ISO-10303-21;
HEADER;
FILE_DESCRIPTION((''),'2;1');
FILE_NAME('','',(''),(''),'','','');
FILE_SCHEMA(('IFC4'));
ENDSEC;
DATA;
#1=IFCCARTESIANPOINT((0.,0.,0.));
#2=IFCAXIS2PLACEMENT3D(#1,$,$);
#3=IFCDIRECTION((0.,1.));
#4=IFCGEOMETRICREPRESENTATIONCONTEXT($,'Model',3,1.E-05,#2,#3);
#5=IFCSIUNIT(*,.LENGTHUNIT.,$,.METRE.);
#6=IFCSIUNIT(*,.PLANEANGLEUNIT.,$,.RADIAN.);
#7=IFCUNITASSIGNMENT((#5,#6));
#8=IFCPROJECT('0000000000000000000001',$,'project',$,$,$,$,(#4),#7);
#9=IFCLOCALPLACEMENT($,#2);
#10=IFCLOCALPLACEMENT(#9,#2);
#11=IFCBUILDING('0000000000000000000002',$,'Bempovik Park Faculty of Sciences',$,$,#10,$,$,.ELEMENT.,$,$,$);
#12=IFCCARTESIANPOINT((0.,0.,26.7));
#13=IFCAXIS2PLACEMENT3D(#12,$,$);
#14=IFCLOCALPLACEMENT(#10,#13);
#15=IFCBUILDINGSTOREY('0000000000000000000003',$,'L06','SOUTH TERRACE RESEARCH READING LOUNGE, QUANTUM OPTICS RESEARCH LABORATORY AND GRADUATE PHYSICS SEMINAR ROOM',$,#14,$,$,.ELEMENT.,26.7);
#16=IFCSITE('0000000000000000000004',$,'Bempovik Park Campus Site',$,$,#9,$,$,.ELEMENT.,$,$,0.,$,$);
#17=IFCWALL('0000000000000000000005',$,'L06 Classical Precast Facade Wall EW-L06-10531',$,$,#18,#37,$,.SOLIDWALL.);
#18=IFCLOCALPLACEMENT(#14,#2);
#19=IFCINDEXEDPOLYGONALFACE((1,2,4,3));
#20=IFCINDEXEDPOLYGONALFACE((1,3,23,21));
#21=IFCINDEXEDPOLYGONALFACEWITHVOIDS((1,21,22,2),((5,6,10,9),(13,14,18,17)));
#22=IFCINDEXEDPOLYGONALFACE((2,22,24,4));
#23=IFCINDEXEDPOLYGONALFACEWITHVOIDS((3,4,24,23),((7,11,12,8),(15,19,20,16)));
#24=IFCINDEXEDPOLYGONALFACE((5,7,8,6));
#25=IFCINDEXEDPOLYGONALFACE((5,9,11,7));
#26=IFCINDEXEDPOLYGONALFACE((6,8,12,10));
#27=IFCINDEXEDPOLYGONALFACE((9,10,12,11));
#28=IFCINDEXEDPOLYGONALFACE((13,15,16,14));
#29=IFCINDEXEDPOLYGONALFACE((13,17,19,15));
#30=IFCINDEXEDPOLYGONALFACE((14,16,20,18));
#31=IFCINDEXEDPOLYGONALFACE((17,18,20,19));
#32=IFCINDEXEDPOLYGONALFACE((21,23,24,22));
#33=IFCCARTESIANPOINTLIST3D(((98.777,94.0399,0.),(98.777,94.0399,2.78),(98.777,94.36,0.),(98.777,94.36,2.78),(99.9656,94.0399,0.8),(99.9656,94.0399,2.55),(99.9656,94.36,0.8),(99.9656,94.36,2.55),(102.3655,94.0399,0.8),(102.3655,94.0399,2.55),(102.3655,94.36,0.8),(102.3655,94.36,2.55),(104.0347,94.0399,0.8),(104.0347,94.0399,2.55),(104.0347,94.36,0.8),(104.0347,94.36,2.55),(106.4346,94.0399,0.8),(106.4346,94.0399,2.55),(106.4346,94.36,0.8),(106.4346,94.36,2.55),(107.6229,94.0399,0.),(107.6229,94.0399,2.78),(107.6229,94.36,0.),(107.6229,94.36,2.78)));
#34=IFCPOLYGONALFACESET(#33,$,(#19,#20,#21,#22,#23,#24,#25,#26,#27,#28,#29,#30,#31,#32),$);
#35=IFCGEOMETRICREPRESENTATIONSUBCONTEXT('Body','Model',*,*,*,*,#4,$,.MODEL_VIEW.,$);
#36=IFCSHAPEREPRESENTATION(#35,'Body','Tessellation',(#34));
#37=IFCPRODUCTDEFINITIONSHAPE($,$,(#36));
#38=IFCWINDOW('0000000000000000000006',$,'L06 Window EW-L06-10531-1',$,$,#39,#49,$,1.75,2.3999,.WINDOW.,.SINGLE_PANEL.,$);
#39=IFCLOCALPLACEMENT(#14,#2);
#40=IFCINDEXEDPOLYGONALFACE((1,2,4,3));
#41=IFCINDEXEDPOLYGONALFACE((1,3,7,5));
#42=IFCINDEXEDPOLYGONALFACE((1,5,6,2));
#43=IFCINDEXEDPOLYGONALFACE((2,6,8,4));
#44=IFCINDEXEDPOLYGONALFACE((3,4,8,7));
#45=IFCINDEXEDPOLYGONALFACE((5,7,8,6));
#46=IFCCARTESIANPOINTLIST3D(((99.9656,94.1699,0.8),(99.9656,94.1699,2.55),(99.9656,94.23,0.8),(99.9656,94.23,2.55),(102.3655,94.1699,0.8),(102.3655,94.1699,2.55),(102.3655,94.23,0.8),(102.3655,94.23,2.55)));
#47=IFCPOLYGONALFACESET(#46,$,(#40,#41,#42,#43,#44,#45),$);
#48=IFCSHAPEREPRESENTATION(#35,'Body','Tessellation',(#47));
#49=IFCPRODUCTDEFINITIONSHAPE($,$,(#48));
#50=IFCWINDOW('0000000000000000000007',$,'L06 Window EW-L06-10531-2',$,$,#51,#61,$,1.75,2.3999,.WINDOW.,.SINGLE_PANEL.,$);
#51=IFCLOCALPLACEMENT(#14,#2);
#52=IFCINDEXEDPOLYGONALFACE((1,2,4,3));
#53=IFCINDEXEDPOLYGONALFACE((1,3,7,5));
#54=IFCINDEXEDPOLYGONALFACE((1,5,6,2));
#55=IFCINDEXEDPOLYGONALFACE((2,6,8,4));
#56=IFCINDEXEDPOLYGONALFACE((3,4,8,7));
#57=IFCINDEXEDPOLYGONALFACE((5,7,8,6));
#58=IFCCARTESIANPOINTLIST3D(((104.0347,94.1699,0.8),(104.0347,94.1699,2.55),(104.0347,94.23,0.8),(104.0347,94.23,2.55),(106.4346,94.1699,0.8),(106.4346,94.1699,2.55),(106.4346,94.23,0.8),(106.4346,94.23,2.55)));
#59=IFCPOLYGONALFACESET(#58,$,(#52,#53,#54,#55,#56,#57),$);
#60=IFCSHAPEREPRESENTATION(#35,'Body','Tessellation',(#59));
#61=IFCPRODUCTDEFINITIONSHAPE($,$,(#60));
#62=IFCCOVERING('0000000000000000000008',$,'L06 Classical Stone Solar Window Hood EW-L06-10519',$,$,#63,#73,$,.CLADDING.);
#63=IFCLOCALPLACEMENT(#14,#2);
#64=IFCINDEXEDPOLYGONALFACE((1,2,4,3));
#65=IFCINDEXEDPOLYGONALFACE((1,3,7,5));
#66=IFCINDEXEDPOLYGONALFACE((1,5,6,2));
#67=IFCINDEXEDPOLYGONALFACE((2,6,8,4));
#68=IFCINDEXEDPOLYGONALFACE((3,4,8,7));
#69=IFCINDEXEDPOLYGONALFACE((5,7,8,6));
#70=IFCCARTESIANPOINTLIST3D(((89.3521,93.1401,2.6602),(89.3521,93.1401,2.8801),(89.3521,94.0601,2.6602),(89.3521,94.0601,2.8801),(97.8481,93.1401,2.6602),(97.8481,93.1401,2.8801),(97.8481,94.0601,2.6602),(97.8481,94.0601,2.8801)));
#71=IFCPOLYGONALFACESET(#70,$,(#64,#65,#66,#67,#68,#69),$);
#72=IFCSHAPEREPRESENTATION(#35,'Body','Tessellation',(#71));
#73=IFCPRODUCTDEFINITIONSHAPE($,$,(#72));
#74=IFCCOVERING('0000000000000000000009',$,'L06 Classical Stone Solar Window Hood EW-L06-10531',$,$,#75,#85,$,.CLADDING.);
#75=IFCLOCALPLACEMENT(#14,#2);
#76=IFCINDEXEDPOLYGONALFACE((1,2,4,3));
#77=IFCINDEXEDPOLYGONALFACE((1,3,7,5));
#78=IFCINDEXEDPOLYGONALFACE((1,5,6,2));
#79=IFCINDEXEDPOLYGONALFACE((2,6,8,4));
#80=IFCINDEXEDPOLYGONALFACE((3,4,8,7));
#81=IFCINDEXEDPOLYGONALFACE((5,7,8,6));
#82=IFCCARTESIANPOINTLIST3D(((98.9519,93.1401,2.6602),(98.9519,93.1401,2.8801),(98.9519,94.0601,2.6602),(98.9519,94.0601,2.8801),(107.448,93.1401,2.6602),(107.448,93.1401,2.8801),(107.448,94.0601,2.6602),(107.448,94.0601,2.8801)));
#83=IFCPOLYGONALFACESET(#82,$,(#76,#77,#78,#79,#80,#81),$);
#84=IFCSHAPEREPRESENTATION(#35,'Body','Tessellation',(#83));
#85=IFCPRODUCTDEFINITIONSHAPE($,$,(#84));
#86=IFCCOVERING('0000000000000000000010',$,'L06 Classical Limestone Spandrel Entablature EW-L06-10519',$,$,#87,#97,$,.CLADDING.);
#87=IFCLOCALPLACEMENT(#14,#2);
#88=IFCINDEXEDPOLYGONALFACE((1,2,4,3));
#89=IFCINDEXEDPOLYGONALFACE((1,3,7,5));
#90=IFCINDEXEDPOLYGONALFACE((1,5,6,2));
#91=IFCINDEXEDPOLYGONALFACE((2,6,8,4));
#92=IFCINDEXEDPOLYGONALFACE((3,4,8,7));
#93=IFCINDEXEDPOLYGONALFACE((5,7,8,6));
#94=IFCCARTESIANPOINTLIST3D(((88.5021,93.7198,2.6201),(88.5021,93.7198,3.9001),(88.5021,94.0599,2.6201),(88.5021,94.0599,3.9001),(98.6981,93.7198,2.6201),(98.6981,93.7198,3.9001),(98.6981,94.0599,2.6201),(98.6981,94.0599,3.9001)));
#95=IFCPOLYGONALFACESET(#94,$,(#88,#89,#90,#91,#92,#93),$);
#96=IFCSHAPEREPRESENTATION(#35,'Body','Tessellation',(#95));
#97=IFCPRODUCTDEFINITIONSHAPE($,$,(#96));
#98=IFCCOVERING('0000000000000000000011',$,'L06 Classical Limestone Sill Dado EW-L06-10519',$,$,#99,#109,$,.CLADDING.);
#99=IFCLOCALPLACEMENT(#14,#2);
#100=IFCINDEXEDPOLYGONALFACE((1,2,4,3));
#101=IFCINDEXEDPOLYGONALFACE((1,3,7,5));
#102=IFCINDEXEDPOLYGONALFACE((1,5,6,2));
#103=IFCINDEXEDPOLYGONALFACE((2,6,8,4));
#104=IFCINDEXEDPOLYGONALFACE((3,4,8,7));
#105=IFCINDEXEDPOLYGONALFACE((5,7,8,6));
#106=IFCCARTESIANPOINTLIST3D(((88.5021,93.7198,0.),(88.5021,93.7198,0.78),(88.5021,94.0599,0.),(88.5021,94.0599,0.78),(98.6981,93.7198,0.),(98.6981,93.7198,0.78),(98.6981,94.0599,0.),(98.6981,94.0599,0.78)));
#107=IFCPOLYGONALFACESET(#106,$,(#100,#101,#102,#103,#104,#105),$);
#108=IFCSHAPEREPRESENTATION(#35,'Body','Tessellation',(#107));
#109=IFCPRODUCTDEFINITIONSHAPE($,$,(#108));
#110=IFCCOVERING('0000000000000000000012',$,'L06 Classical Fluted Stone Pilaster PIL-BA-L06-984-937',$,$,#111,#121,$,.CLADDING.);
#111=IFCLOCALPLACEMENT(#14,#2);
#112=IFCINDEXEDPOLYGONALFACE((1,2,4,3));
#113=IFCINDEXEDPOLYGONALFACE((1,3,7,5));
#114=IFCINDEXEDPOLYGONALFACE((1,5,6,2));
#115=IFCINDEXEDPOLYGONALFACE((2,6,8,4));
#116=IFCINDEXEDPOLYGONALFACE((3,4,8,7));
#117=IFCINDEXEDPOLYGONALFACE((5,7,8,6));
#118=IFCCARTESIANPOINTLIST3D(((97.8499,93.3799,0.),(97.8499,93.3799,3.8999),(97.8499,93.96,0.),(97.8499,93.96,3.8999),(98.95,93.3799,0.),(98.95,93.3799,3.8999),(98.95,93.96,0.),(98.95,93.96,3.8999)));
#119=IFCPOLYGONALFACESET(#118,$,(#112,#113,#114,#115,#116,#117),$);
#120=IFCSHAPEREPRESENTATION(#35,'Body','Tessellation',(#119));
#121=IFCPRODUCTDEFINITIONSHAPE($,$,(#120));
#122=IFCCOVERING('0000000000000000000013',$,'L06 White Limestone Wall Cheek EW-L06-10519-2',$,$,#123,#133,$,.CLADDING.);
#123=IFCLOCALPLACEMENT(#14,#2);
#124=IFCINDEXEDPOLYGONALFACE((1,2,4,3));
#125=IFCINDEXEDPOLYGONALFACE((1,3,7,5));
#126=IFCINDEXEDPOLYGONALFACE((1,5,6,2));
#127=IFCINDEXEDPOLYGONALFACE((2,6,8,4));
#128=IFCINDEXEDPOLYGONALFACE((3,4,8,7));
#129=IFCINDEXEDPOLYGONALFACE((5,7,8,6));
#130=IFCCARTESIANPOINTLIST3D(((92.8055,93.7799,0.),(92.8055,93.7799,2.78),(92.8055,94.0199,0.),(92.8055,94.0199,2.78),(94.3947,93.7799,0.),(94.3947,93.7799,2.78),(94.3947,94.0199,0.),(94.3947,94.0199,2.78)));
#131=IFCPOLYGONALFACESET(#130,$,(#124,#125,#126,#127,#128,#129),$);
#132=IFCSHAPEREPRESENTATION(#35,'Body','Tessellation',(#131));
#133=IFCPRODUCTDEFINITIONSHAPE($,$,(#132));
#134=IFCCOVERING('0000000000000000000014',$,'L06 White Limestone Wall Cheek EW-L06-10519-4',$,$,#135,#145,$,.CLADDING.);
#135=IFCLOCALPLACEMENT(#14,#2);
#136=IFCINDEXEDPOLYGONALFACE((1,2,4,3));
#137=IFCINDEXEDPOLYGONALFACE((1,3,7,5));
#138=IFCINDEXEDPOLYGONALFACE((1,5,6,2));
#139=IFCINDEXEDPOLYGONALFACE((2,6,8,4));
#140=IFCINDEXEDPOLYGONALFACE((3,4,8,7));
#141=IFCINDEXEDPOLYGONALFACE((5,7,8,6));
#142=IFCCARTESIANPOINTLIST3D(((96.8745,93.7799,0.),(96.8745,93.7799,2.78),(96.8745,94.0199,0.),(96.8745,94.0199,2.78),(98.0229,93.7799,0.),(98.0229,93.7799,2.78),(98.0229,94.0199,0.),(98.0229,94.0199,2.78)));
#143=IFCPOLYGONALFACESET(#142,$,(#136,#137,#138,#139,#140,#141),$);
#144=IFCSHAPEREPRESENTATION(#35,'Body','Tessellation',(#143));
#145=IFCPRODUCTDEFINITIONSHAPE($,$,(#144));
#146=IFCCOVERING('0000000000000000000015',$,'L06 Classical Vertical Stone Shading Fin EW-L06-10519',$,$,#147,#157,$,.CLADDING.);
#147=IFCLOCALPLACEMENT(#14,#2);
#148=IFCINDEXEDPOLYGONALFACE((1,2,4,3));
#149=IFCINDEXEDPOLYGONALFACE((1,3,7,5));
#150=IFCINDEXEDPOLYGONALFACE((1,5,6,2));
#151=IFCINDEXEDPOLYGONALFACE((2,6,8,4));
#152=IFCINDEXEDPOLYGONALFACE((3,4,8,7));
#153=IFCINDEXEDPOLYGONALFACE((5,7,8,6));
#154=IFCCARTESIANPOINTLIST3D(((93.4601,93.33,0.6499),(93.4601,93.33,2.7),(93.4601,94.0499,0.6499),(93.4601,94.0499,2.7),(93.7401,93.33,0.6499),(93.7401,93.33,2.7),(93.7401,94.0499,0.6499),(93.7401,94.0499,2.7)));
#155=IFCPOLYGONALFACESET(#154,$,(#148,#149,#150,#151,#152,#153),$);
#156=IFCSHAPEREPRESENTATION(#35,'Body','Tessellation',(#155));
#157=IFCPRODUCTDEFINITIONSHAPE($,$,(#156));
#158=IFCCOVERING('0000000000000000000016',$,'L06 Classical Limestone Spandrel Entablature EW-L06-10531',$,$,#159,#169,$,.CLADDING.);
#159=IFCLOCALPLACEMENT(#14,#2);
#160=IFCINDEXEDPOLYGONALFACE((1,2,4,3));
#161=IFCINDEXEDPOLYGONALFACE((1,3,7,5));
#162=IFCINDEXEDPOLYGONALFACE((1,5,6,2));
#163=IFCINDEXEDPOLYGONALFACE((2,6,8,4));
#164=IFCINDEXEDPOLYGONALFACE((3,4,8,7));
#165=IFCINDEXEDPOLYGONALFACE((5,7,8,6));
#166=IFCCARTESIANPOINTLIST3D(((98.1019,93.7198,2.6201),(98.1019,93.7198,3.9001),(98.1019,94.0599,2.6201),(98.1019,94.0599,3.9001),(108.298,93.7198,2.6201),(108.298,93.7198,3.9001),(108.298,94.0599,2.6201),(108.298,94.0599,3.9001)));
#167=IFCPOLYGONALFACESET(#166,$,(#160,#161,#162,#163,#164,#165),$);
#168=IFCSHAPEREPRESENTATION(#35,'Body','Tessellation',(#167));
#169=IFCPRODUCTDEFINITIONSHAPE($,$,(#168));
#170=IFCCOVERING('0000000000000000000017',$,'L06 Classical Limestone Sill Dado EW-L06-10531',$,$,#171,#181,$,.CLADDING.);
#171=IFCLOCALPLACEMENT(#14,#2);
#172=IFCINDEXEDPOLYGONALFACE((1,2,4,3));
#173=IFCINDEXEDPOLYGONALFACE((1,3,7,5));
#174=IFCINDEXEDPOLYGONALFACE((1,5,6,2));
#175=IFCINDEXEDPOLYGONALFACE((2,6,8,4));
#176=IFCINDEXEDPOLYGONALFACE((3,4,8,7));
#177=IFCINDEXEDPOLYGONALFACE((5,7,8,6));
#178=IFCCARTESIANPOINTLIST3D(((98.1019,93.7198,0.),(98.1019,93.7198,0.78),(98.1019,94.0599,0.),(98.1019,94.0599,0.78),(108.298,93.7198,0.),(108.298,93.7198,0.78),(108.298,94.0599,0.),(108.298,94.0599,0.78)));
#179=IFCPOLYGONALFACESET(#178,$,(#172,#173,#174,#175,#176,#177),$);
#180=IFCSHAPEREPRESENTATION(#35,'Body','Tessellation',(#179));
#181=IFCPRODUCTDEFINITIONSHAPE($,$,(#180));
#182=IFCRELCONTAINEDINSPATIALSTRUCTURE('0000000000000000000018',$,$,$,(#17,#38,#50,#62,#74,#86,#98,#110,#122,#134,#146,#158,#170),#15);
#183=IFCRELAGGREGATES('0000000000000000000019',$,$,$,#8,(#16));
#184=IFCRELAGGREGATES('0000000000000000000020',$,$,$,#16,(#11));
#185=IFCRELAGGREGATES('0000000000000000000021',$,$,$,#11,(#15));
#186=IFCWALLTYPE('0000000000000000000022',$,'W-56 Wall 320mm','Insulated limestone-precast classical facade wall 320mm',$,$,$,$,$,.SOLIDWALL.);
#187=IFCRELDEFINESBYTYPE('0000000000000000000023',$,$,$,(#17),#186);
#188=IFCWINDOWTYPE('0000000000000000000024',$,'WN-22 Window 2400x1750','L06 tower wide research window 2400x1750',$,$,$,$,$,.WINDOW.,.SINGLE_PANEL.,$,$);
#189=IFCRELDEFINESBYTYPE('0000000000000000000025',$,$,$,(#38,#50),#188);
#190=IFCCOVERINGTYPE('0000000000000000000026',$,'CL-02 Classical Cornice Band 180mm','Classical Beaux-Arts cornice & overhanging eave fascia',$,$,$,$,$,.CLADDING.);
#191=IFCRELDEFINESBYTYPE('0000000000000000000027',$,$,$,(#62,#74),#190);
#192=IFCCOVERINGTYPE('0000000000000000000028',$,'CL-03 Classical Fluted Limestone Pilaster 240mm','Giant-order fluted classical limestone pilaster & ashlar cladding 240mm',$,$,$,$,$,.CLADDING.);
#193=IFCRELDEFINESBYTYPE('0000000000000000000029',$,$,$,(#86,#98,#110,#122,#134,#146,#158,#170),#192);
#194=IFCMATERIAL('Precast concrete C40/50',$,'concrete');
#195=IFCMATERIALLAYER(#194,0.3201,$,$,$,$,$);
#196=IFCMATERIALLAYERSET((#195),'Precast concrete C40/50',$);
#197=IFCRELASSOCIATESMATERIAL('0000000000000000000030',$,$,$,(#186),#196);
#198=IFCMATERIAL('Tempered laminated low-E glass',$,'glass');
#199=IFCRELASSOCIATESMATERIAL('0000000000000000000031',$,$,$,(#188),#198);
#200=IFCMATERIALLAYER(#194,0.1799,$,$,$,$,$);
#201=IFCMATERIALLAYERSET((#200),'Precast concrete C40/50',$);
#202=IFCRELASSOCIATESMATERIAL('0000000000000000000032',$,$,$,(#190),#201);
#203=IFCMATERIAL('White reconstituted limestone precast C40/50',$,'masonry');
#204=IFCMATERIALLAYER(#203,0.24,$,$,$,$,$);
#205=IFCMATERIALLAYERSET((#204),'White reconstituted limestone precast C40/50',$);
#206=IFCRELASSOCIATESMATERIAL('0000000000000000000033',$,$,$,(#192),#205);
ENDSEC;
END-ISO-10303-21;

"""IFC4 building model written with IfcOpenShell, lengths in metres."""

from ifc_helpers import new_model, si_unit, direction, frame, frame_2d, origin, origin_2d, place, context, subcontext, project, spatial, rectangle, extrude, material, layer, layer_set, type_object, element, fill, save


model = new_model("IFC4")

# Units and contexts
model_context = context("Model", 3, precision=1e-05, world=origin(), true_north=direction((0.0, 1.0)))
body_context = subcontext(model_context, "Body", "Model", "MODEL_VIEW")
ifc_project = project(units=[si_unit("LENGTHUNIT", "METRE"), si_unit("PLANEANGLEUNIT", "RADIAN")], contexts=[model_context])

# Site, building, storey
site_placement = place(None, origin())
site = spatial("IfcSite", under=ifc_project, at=site_placement, Name="Bempovik Park Campus Site", CompositionType="ELEMENT", RefElevation=0.0)
building_placement = place(site_placement, origin())
building = spatial("IfcBuilding", under=site, at=building_placement, Name="Bempovik Park Faculty of Sciences", CompositionType="ELEMENT")
storey_placement = place(building_placement, frame((0.0, 0.0, 26.7)))
storey = spatial("IfcBuildingStorey", under=building, at=storey_placement, Name="L06", Description="SOUTH TERRACE RESEARCH READING LOUNGE, QUANTUM OPTICS RESEARCH LABORATORY AND GRADUATE PHYSICS SEMINAR ROOM", CompositionType="ELEMENT", Elevation=26.7)

# Wall, openings, windows
ifc_material_1 = material(Name="Precast concrete C40/50", Category="concrete")
ifc_layer_1 = layer(ifc_material_1, 0.3201)
ifc_layer_set_1 = layer_set([ifc_layer_1], Name="Precast concrete C40/50")
wall_type_1 = type_object("IfcWallType", Name="W-56 Wall 320mm", Description="Insulated limestone-precast classical facade wall 320mm", PredefinedType="SOLIDWALL", material=ifc_layer_set_1)
wall_1_placement = place(storey_placement, frame((98.7771, 94.2, 0.0), z_axis=(0.0, 0.0, 1.0), x_axis=(1.0, 0.0, 0.0)))
wall_1 = element("IfcWall", 1, at=wall_1_placement, inside=storey, type_object=wall_type_1, Name="L06 Classical Precast Facade Wall EW-L06-10531", PredefinedType="SOLIDWALL", context=body_context, shape_type="SweptSolid", body=[
    extrude(rectangle(XDim=8.8459, YDim=0.3201, at=frame_2d((4.4229, 0.0))), origin(), (0.0, 0.0, 1.0), 2.78),
])
opening_1_placement = place(wall_1_placement, frame((1.1885, 0.0, 0.8)))
opening_1 = element("IfcOpeningElement", 2, at=opening_1_placement, cuts=wall_1, PredefinedType="OPENING", context=body_context, shape_type="SweptSolid", body=[
    extrude(rectangle(XDim=2.3999, YDim=1.75, at=frame_2d((1.2, 0.875))), frame((0.0, 0.1699, 0.0), z_axis=(0.0, -1.0, 0.0), x_axis=(1.0, 0.0, 0.0)), (0.0, 0.0, 1.0), 0.3401),
])
opening_2_placement = place(wall_1_placement, frame((5.2576, 0.0, 0.8)))
opening_2 = element("IfcOpeningElement", 3, at=opening_2_placement, cuts=wall_1, PredefinedType="OPENING", context=body_context, shape_type="SweptSolid", body=[
    extrude(rectangle(XDim=2.3999, YDim=1.75, at=frame_2d((1.2, 0.875))), frame((0.0, 0.1699, 0.0), z_axis=(0.0, -1.0, 0.0), x_axis=(1.0, 0.0, 0.0)), (0.0, 0.0, 1.0), 0.3401),
])
ifc_material_2 = material(Name="Tempered laminated low-E glass", Category="glass")
window_type = type_object("IfcWindowType", Name="WN-22 Window 2400x1750", Description="L06 tower wide research window 2400x1750", PartitioningType="SINGLE_PANEL", PredefinedType="WINDOW", material=ifc_material_2)
window_1_placement = place(opening_1_placement, origin())
window_1 = element("IfcWindow", 4, at=window_1_placement, inside=storey, type_object=window_type, Name="L06 Window EW-L06-10531-1", OverallHeight=1.75, OverallWidth=2.3999, PartitioningType="SINGLE_PANEL", PredefinedType="WINDOW", context=body_context, shape_type="SweptSolid", body=[
    extrude(rectangle(XDim=2.3999, YDim=1.75, at=frame_2d((1.2, 0.875))), frame((0.0, 0.03, 0.0), z_axis=(0.0, -1.0, 0.0), x_axis=(1.0, 0.0, 0.0)), (0.0, 0.0, 1.0), 0.0601),
])
fill(opening_1, window_1)
window_2_placement = place(opening_2_placement, origin())
window_2 = element("IfcWindow", 5, at=window_2_placement, inside=storey, type_object=window_type, Name="L06 Window EW-L06-10531-2", OverallHeight=1.75, OverallWidth=2.3999, PartitioningType="SINGLE_PANEL", PredefinedType="WINDOW", context=body_context, shape_type="SweptSolid", body=[
    extrude(rectangle(XDim=2.3999, YDim=1.75, at=frame_2d((1.2, 0.875))), frame((0.0, 0.03, 0.0), z_axis=(0.0, -1.0, 0.0), x_axis=(1.0, 0.0, 0.0)), (0.0, 0.0, 1.0), 0.0601),
])
fill(opening_2, window_2)

# Coverings
ifc_layer_2 = layer(ifc_material_1, 0.1799)
ifc_layer_set_2 = layer_set([ifc_layer_2], Name="Precast concrete C40/50")
covering_type_1 = type_object("IfcCoveringType", Name="CL-02 Classical Cornice Band 180mm", Description="Classical Beaux-Arts cornice & overhanging eave fascia", PredefinedType="CLADDING", material=ifc_layer_set_2)
for number, where, z_axis, x_axis, name in (
    (6, (93.6001, 93.6001, 2.6602), (0.0, 0.0, 1.0), (1.0, 0.0, 0.0), "L06 Classical Stone Solar Window Hood EW-L06-10519"),
    (7, (103.2, 93.6001, 2.6602), (0.0, 0.0, 1.0), (1.0, 0.0, 0.0), "L06 Classical Stone Solar Window Hood EW-L06-10531"),
):
    element("IfcCovering", number, at=place(storey_placement, frame(where, z_axis=z_axis, x_axis=x_axis)), inside=storey, type_object=covering_type_1, Name=name, PredefinedType="CLADDING", context=body_context, shape_type="SweptSolid", body=[
        extrude(rectangle(XDim=8.4961, YDim=0.9199, at=origin_2d()), origin(), (0.0, 0.0, 1.0), 0.22),
    ])
ifc_material_3 = material(Name="White reconstituted limestone precast C40/50", Category="masonry")
ifc_layer_3 = layer(ifc_material_3, 0.24)
ifc_layer_set_3 = layer_set([ifc_layer_3], Name="White reconstituted limestone precast C40/50")
covering_type_2 = type_object("IfcCoveringType", Name="CL-03 Classical Fluted Limestone Pilaster 240mm", Description="Giant-order fluted classical limestone pilaster & ashlar cladding 240mm", PredefinedType="CLADDING", material=ifc_layer_set_3)
covering_1_placement = place(storey_placement, frame((93.6001, 93.8899, 2.6201), z_axis=(0.0, 0.0, 1.0), x_axis=(1.0, 0.0, 0.0)))
element("IfcCovering", 8, at=covering_1_placement, inside=storey, type_object=covering_type_2, Name="L06 Classical Limestone Spandrel Entablature EW-L06-10519", PredefinedType="CLADDING", context=body_context, shape_type="SweptSolid", body=[
    extrude(rectangle(XDim=10.196, YDim=0.3401, at=origin_2d()), origin(), (0.0, 0.0, 1.0), 1.28),
])
covering_2_placement = place(storey_placement, frame((93.6001, 93.8899, 0.0), z_axis=(0.0, 0.0, 1.0), x_axis=(1.0, 0.0, 0.0)))
element("IfcCovering", 9, at=covering_2_placement, inside=storey, type_object=covering_type_2, Name="L06 Classical Limestone Sill Dado EW-L06-10519", PredefinedType="CLADDING", context=body_context, shape_type="SweptSolid", body=[
    extrude(rectangle(XDim=10.196, YDim=0.3401, at=origin_2d()), origin(), (0.0, 0.0, 1.0), 0.78),
])
covering_3_placement = place(storey_placement, frame((98.3999, 93.6699, 0.0), z_axis=(0.0, 0.0, 1.0), x_axis=(1.0, 0.0, 0.0)))
element("IfcCovering", 10, at=covering_3_placement, inside=storey, type_object=covering_type_2, Name="L06 Classical Fluted Stone Pilaster PIL-BA-L06-984-937", PredefinedType="CLADDING", context=body_context, shape_type="SweptSolid", body=[
    extrude(rectangle(XDim=1.1001, YDim=0.5801, at=origin_2d()), origin(), (0.0, 0.0, 1.0), 3.8999),
])
covering_4_placement = place(storey_placement, frame((93.6001, 93.8999, 0.0), z_axis=(0.0, 0.0, 1.0), x_axis=(1.0, 0.0, 0.0)))
element("IfcCovering", 11, at=covering_4_placement, inside=storey, type_object=covering_type_2, Name="L06 White Limestone Wall Cheek EW-L06-10519-2", PredefinedType="CLADDING", context=body_context, shape_type="SweptSolid", body=[
    extrude(rectangle(XDim=1.5891, YDim=0.24, at=origin_2d()), origin(), (0.0, 0.0, 1.0), 2.78),
])
covering_5_placement = place(storey_placement, frame((97.4487, 93.8999, 0.0), z_axis=(0.0, 0.0, 1.0), x_axis=(1.0, 0.0, 0.0)))
element("IfcCovering", 12, at=covering_5_placement, inside=storey, type_object=covering_type_2, Name="L06 White Limestone Wall Cheek EW-L06-10519-4", PredefinedType="CLADDING", context=body_context, shape_type="SweptSolid", body=[
    extrude(rectangle(XDim=1.1484, YDim=0.24, at=origin_2d()), origin(), (0.0, 0.0, 1.0), 2.78),
])
covering_6_placement = place(storey_placement, frame((93.6001, 93.6899, 0.6499), z_axis=(0.0, 0.0, 1.0), x_axis=(1.0, 0.0, 0.0)))
element("IfcCovering", 13, at=covering_6_placement, inside=storey, type_object=covering_type_2, Name="L06 Classical Vertical Stone Shading Fin EW-L06-10519", PredefinedType="CLADDING", context=body_context, shape_type="SweptSolid", body=[
    extrude(rectangle(XDim=0.28, YDim=0.72, at=origin_2d()), origin(), (0.0, 0.0, 1.0), 2.05),
])
covering_7_placement = place(storey_placement, frame((103.2, 93.8899, 2.6201), z_axis=(0.0, 0.0, 1.0), x_axis=(1.0, 0.0, 0.0)))
element("IfcCovering", 14, at=covering_7_placement, inside=storey, type_object=covering_type_2, Name="L06 Classical Limestone Spandrel Entablature EW-L06-10531", PredefinedType="CLADDING", context=body_context, shape_type="SweptSolid", body=[
    extrude(rectangle(XDim=10.196, YDim=0.3401, at=origin_2d()), origin(), (0.0, 0.0, 1.0), 1.28),
])
covering_8_placement = place(storey_placement, frame((103.2, 93.8899, 0.0), z_axis=(0.0, 0.0, 1.0), x_axis=(1.0, 0.0, 0.0)))
element("IfcCovering", 15, at=covering_8_placement, inside=storey, type_object=covering_type_2, Name="L06 Classical Limestone Sill Dado EW-L06-10531", PredefinedType="CLADDING", context=body_context, shape_type="SweptSolid", body=[
    extrude(rectangle(XDim=10.196, YDim=0.3401, at=origin_2d()), origin(), (0.0, 0.0, 1.0), 0.78),
])

save(model, "model.ifc")
